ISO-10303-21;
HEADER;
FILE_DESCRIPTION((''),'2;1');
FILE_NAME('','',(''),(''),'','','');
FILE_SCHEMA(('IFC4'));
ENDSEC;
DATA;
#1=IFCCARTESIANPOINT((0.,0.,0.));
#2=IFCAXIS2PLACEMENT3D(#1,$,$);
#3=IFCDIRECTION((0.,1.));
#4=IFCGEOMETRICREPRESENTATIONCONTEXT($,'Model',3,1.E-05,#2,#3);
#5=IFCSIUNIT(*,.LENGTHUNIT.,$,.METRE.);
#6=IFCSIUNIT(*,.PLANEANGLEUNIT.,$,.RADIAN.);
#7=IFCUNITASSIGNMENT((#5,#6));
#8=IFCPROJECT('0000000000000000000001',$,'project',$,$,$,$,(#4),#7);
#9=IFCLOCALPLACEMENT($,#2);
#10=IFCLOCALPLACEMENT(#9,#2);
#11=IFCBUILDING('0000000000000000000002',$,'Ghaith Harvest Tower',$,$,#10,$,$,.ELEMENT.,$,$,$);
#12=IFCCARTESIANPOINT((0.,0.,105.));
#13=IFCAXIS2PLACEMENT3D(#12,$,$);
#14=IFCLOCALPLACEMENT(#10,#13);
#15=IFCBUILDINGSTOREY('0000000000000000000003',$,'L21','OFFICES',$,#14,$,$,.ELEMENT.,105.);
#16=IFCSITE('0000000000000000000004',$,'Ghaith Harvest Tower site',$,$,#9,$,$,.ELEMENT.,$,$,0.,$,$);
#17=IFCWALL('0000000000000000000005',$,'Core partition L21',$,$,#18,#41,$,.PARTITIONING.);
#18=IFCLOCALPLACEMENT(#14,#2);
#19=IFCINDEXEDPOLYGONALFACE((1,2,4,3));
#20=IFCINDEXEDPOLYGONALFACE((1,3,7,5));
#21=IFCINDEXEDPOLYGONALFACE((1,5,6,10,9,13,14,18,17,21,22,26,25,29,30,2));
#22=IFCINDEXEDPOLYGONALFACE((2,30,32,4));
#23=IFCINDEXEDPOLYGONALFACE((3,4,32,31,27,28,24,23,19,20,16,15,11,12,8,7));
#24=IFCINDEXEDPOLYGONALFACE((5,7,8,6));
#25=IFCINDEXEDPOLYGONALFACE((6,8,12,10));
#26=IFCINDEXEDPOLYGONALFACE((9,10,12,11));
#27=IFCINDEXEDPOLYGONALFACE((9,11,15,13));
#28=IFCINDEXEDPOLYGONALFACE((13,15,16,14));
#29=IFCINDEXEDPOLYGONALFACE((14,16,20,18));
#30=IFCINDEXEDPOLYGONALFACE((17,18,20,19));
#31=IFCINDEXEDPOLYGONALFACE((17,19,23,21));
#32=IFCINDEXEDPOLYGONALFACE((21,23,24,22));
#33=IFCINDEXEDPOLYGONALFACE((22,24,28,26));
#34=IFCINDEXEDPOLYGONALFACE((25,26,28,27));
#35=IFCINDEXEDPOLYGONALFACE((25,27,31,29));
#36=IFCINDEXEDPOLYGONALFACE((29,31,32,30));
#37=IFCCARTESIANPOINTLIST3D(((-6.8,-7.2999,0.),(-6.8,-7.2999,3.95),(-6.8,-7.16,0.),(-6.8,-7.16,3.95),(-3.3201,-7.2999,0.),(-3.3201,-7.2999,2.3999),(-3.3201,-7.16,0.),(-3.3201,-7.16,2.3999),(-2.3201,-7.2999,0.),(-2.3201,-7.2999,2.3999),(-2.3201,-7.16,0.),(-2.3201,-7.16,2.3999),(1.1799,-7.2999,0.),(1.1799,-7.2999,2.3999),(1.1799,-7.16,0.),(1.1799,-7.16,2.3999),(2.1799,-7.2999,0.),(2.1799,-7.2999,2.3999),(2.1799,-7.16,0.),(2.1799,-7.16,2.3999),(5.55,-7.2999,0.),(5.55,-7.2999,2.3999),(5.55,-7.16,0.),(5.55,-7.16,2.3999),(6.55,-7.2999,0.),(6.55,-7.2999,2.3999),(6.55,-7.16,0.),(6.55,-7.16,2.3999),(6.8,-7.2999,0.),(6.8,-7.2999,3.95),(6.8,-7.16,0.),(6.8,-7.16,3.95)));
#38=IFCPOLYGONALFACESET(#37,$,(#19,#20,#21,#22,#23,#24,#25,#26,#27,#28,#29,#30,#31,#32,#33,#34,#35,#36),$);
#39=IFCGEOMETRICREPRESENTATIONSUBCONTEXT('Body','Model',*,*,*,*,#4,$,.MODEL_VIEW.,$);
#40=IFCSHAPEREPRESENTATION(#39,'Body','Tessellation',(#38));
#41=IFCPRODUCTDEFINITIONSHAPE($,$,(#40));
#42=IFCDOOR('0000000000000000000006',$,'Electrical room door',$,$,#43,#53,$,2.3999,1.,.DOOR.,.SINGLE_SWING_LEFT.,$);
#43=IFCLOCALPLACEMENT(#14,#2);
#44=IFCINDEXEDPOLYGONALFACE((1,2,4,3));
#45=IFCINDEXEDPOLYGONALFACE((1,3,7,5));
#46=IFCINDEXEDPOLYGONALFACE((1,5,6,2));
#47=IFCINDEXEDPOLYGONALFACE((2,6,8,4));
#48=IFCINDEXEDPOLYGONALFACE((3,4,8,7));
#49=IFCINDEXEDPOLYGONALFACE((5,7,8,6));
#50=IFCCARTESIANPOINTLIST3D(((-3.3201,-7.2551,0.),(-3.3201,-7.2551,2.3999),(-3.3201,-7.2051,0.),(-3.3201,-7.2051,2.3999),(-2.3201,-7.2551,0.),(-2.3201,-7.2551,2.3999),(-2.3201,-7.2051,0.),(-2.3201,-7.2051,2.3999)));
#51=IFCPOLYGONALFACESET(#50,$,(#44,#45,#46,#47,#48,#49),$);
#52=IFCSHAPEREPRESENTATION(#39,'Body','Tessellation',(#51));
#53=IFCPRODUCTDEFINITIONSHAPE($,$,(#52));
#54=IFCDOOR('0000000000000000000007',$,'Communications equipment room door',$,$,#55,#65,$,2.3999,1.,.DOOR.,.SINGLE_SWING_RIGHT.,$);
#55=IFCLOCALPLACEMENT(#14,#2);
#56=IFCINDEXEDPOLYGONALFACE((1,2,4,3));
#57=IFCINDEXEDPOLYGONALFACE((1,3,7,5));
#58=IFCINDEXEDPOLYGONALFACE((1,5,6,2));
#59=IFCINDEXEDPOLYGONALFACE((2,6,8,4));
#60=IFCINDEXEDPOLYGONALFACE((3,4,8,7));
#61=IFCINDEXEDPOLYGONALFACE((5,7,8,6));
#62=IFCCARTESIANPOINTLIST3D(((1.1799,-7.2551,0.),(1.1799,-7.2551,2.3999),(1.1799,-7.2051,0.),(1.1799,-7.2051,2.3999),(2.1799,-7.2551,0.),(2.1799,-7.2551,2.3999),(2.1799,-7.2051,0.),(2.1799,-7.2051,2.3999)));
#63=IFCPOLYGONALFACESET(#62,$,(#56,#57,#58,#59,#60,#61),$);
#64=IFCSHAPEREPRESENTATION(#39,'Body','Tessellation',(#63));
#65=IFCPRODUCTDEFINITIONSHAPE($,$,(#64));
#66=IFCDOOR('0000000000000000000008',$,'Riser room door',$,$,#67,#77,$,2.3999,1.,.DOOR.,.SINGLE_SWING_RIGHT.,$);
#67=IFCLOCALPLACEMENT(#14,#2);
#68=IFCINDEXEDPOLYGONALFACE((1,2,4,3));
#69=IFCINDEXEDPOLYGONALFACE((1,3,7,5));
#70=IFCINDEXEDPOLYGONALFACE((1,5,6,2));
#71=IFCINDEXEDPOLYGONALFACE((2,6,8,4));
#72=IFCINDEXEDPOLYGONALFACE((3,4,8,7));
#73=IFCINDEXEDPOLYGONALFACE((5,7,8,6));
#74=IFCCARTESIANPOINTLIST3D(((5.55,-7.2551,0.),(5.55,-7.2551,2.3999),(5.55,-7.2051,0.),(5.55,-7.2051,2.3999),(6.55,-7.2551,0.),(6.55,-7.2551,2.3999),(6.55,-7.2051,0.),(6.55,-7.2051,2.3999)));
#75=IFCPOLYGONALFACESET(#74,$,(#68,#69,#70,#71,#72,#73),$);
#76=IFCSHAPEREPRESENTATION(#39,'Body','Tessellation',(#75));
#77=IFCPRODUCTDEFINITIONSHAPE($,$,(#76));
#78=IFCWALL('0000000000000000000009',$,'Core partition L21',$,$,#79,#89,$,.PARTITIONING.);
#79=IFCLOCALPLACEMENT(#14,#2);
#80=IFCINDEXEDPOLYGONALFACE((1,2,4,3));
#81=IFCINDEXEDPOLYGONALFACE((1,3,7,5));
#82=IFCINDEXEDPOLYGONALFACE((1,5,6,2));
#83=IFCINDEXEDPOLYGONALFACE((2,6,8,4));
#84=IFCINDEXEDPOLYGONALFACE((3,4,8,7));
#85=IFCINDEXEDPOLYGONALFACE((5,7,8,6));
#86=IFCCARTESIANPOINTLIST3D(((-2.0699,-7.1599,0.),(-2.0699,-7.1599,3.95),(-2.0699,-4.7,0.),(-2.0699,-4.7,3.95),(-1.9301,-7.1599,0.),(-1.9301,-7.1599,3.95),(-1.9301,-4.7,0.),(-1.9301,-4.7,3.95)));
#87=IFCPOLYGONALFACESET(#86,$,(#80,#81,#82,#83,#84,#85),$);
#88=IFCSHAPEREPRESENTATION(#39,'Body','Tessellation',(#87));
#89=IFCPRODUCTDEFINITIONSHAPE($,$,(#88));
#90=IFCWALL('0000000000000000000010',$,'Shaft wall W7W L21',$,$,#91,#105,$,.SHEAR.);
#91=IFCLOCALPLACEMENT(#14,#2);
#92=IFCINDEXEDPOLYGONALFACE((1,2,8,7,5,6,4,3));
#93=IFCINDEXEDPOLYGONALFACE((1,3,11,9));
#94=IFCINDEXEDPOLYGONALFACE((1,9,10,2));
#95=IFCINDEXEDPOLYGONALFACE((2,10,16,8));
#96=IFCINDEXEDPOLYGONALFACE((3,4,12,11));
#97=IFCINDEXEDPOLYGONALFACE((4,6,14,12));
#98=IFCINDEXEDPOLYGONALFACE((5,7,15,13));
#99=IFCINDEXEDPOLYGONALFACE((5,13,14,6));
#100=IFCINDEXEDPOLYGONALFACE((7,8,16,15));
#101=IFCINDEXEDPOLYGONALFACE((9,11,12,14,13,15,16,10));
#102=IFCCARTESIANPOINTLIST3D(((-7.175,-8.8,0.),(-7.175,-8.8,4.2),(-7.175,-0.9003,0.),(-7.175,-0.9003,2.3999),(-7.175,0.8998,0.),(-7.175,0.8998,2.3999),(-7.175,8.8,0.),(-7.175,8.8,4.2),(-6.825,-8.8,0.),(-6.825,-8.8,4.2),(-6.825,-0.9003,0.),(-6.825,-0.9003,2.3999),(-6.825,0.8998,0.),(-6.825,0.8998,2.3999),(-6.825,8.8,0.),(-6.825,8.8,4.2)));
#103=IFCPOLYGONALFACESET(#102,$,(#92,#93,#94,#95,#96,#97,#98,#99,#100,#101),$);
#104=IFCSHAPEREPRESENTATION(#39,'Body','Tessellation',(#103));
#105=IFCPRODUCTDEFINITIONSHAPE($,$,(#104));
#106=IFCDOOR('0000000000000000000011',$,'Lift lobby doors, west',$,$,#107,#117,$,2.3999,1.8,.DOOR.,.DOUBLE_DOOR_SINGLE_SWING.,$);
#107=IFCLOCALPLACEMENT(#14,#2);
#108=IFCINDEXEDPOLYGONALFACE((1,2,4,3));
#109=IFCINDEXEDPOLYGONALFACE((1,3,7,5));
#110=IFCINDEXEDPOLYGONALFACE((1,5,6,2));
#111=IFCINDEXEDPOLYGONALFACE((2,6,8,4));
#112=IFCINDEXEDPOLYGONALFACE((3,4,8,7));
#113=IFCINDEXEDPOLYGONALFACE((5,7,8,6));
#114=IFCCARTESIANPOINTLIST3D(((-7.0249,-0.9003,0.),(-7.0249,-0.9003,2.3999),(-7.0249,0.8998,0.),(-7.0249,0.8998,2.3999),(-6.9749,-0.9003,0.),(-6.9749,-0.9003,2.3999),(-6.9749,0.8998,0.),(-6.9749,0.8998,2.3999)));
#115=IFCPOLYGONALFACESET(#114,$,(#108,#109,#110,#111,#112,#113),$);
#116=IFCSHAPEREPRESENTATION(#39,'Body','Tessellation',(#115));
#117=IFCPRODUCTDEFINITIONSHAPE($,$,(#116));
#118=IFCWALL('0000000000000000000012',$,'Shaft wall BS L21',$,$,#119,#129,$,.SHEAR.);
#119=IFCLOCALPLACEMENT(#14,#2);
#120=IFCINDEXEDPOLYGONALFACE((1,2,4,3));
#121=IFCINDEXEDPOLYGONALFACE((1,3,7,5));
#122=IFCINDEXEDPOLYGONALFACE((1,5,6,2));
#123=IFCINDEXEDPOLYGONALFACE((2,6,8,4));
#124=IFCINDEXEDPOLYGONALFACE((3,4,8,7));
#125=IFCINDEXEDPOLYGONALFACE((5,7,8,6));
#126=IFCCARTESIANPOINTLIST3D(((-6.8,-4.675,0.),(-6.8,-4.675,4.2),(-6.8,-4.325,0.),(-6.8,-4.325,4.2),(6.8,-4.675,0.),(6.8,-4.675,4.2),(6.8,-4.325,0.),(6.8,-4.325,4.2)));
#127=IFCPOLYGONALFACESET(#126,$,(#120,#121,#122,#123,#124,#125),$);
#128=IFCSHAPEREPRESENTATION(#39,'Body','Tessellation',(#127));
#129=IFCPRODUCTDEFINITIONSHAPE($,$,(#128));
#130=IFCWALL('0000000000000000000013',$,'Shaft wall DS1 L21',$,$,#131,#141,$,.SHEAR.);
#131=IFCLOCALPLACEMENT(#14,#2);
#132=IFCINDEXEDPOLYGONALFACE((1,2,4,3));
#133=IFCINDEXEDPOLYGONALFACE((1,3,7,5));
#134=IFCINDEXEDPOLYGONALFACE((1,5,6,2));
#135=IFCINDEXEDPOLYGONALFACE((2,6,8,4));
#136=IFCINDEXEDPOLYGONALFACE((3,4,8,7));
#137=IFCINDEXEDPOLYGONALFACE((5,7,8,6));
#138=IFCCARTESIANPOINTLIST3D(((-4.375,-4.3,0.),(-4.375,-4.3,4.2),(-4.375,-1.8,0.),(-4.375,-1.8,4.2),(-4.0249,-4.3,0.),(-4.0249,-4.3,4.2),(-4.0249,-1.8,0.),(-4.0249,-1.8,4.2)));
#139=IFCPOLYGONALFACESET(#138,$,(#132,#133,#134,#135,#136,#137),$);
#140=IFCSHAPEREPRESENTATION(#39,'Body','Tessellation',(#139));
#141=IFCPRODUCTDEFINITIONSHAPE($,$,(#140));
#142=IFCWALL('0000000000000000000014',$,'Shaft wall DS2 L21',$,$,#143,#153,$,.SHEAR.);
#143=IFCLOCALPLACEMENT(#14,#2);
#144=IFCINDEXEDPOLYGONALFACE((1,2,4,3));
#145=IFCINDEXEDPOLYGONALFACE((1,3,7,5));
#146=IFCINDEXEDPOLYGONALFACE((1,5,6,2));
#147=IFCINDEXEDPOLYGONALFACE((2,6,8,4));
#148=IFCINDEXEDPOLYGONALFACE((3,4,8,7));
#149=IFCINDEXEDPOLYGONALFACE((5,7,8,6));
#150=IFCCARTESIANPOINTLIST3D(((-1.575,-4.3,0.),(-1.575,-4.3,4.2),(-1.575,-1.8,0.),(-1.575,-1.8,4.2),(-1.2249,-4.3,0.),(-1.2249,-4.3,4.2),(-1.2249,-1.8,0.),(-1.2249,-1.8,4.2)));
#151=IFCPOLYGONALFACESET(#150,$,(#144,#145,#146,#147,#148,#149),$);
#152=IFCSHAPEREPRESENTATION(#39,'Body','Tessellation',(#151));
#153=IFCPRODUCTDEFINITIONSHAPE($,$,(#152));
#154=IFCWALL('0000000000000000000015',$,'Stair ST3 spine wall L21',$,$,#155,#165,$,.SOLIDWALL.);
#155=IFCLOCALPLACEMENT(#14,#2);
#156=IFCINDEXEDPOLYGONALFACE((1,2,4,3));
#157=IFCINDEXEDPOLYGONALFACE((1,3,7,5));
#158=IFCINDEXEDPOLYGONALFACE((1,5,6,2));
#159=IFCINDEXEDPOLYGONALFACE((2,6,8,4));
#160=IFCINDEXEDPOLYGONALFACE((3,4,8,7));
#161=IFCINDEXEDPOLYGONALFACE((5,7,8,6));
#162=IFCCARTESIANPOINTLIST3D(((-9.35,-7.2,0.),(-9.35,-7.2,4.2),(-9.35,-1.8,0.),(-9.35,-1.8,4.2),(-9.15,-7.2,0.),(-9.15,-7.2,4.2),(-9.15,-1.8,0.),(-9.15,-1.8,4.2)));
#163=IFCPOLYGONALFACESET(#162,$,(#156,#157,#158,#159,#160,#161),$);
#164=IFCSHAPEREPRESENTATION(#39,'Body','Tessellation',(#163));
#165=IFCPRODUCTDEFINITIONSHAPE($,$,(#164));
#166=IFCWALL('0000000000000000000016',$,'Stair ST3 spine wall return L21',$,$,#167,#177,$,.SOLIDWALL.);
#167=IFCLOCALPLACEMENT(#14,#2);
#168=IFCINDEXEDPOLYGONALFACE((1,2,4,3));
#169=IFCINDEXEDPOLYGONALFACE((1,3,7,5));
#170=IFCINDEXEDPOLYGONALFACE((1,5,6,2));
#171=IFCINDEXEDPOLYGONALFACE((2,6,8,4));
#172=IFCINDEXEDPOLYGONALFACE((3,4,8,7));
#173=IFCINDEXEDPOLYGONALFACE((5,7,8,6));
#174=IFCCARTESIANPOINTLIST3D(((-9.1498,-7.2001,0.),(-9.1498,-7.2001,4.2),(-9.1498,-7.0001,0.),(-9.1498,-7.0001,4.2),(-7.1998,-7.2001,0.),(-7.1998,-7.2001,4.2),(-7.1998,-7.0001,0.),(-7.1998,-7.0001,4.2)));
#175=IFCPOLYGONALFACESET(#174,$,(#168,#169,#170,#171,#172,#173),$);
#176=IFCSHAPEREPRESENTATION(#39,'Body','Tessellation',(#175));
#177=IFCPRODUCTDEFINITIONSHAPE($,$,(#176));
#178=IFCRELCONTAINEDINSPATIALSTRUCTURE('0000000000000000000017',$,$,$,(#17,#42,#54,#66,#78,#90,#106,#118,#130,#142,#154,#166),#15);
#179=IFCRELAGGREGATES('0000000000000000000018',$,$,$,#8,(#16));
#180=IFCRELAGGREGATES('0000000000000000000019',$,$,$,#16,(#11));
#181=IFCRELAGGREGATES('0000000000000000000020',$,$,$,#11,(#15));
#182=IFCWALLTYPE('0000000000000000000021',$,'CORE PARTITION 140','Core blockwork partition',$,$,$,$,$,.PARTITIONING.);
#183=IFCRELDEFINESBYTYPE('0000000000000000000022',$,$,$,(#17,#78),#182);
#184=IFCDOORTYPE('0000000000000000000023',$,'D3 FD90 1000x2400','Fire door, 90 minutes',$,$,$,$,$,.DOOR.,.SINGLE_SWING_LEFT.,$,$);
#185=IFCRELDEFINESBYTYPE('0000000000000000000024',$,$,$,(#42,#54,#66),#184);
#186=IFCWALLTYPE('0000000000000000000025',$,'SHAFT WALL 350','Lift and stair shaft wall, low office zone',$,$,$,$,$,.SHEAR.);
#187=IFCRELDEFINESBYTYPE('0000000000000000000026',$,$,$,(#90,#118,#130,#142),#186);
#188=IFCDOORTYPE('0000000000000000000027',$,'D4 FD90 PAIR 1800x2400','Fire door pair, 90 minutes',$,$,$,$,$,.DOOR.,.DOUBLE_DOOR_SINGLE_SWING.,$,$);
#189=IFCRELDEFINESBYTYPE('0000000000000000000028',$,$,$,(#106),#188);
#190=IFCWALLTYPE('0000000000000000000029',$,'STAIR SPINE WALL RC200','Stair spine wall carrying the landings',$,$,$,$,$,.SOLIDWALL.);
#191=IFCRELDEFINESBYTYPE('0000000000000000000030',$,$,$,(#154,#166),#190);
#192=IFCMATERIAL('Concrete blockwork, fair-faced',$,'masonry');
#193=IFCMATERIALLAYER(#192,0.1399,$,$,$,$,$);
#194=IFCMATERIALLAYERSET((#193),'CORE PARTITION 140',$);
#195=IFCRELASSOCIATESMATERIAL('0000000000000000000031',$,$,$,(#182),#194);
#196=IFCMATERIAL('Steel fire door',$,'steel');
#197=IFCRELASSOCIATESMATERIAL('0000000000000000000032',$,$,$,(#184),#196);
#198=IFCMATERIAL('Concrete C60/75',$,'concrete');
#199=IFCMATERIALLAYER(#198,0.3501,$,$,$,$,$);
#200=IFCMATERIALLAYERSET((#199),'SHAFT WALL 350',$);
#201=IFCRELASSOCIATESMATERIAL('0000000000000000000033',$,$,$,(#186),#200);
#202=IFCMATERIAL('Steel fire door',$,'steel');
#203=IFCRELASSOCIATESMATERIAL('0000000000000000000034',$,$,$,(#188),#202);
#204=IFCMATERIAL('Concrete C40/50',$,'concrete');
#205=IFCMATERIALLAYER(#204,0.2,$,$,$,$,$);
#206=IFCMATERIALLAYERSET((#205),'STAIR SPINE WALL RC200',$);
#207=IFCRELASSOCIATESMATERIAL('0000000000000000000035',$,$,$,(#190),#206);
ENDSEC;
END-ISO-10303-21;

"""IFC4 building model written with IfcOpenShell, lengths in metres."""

from ifc_helpers import new_model, si_unit, direction, frame, frame_2d, origin, place, context, subcontext, project, spatial, rectangle, extrude, material, layer, layer_set, type_object, element, fill, save


model = new_model("IFC4")

# Units and contexts
model_context = context("Model", 3, precision=1e-05, world=origin(), true_north=direction((0.0, 1.0)))
body_context = subcontext(model_context, "Body", "Model", "MODEL_VIEW")
ifc_project = project(units=[si_unit("LENGTHUNIT", "METRE"), si_unit("PLANEANGLEUNIT", "RADIAN")], contexts=[model_context])

# Site, building, storey
site_placement = place(None, origin())
site = spatial("IfcSite", under=ifc_project, at=site_placement, Name="Ghaith Harvest Tower site", CompositionType="ELEMENT", RefElevation=0.0)
building_placement = place(site_placement, origin())
building = spatial("IfcBuilding", under=site, at=building_placement, Name="Ghaith Harvest Tower", CompositionType="ELEMENT")
storey_placement = place(building_placement, frame((0.0, 0.0, 105.0)))
storey = spatial("IfcBuildingStorey", under=building, at=storey_placement, Name="L21", Description="OFFICES", CompositionType="ELEMENT", Elevation=105.0)

# Wall, openings, doors
ifc_material_1 = material(Name="Concrete blockwork, fair-faced", Category="masonry")
ifc_layer_1 = layer(ifc_material_1, 0.1399)
ifc_layer_set_1 = layer_set([ifc_layer_1], Name="CORE PARTITION 140")
wall_type_1 = type_object("IfcWallType", Name="CORE PARTITION 140", Description="Core blockwork partition", PredefinedType="PARTITIONING", material=ifc_layer_set_1)
wall_1_placement = place(storey_placement, frame((-6.8, -7.23, 0.0), z_axis=(0.0, 0.0, 1.0), x_axis=(1.0, 0.0, 0.0)))
wall_1 = element("IfcWall", 1, at=wall_1_placement, inside=storey, type_object=wall_type_1, Name="Core partition L21", PredefinedType="PARTITIONING", context=body_context, shape_type="SweptSolid", body=[
    extrude(rectangle(XDim=13.6001, YDim=0.1399, at=frame_2d((6.8, 0.0))), origin(), (0.0, 0.0, 1.0), 3.95),
])
opening_1_placement = place(wall_1_placement, frame((3.48, 0.0, 0.0)))
opening_1 = element("IfcOpeningElement", 2, at=opening_1_placement, cuts=wall_1, PredefinedType="OPENING", context=body_context, shape_type="SweptSolid", body=[
    extrude(rectangle(XDim=1.0, YDim=2.3999, at=frame_2d((0.5, 1.2))), frame((0.0, 0.0801, 0.0), z_axis=(0.0, -1.0, 0.0), x_axis=(1.0, 0.0, 0.0)), (0.0, 0.0, 1.0), 0.1599),
])
opening_2_placement = place(wall_1_placement, frame((7.98, 0.0, 0.0)))
opening_2 = element("IfcOpeningElement", 3, at=opening_2_placement, cuts=wall_1, PredefinedType="OPENING", context=body_context, shape_type="SweptSolid", body=[
    extrude(rectangle(XDim=1.0, YDim=2.3999, at=frame_2d((0.5, 1.2))), frame((0.0, 0.0801, 0.0), z_axis=(0.0, -1.0, 0.0), x_axis=(1.0, 0.0, 0.0)), (0.0, 0.0, 1.0), 0.1599),
])
opening_3_placement = place(wall_1_placement, frame((12.3501, 0.0, 0.0)))
opening_3 = element("IfcOpeningElement", 4, at=opening_3_placement, cuts=wall_1, PredefinedType="OPENING", context=body_context, shape_type="SweptSolid", body=[
    extrude(rectangle(XDim=1.0, YDim=2.3999, at=frame_2d((0.5, 1.2))), frame((0.0, 0.0801, 0.0), z_axis=(0.0, -1.0, 0.0), x_axis=(1.0, 0.0, 0.0)), (0.0, 0.0, 1.0), 0.1599),
])
ifc_material_2 = material(Name="Steel fire door", Category="steel")
door_type_1 = type_object("IfcDoorType", Name="D3 FD90 1000x2400", Description="Fire door, 90 minutes", OperationType="SINGLE_SWING_LEFT", PredefinedType="DOOR", material=ifc_material_2)
door_1_placement = place(opening_1_placement, origin())
door_1 = element("IfcDoor", 5, at=door_1_placement, inside=storey, type_object=door_type_1, Name="Electrical room door", OperationType="SINGLE_SWING_LEFT", OverallHeight=2.3999, OverallWidth=1.0, PredefinedType="DOOR", context=body_context, shape_type="SweptSolid", body=[
    extrude(rectangle(XDim=1.0, YDim=2.3999, at=frame_2d((0.5, 1.2))), frame((0.0, 0.0249, 0.0), z_axis=(0.0, -1.0, 0.0), x_axis=(1.0, 0.0, 0.0)), (0.0, 0.0, 1.0), 0.05),
])
fill(opening_1, door_1)
door_2_placement = place(opening_2_placement, origin())
door_2 = element("IfcDoor", 6, at=door_2_placement, inside=storey, type_object=door_type_1, Name="Communications equipment room door", OperationType="SINGLE_SWING_RIGHT", OverallHeight=2.3999, OverallWidth=1.0, PredefinedType="DOOR", context=body_context, shape_type="SweptSolid", body=[
    extrude(rectangle(XDim=1.0, YDim=2.3999, at=frame_2d((0.5, 1.2))), frame((0.0, 0.0249, 0.0), z_axis=(0.0, -1.0, 0.0), x_axis=(1.0, 0.0, 0.0)), (0.0, 0.0, 1.0), 0.05),
])
fill(opening_2, door_2)
door_3_placement = place(opening_3_placement, origin())
door_3 = element("IfcDoor", 7, at=door_3_placement, inside=storey, type_object=door_type_1, Name="Riser room door", OperationType="SINGLE_SWING_RIGHT", OverallHeight=2.3999, OverallWidth=1.0, PredefinedType="DOOR", context=body_context, shape_type="SweptSolid", body=[
    extrude(rectangle(XDim=1.0, YDim=2.3999, at=frame_2d((0.5, 1.2))), frame((0.0, 0.0249, 0.0), z_axis=(0.0, -1.0, 0.0), x_axis=(1.0, 0.0, 0.0)), (0.0, 0.0, 1.0), 0.05),
])
fill(opening_3, door_3)

# Wall
wall_2_placement = place(storey_placement, frame((-2.0, -4.7, 0.0), z_axis=(0.0, 0.0, 1.0), x_axis=(0.0, -1.0, 0.0)))
element("IfcWall", 8, at=wall_2_placement, inside=storey, type_object=wall_type_1, Name="Core partition L21", PredefinedType="PARTITIONING", context=body_context, shape_type="SweptSolid", body=[
    extrude(rectangle(XDim=2.46, YDim=0.1399, at=frame_2d((1.23, 0.0))), origin(), (0.0, 0.0, 1.0), 3.95),
])

# Wall, opening, door
ifc_material_3 = material(Name="Concrete C60/75", Category="concrete")
ifc_layer_2 = layer(ifc_material_3, 0.3501)
ifc_layer_set_2 = layer_set([ifc_layer_2], Name="SHAFT WALL 350")
wall_type_2 = type_object("IfcWallType", Name="SHAFT WALL 350", Description="Lift and stair shaft wall, low office zone", PredefinedType="SHEAR", material=ifc_layer_set_2)
wall_3_placement = place(storey_placement, frame((-7.0, -8.8, 0.0), z_axis=(0.0, 0.0, 1.0), x_axis=(0.0, 1.0, 0.0)))
wall_3 = element("IfcWall", 9, at=wall_3_placement, inside=storey, type_object=wall_type_2, Name="Shaft wall W7W L21", PredefinedType="SHEAR", context=body_context, shape_type="SweptSolid", body=[
    extrude(rectangle(XDim=17.6001, YDim=0.3501, at=frame_2d((8.8, 0.0))), origin(), (0.0, 0.0, 1.0), 4.2),
])
opening_4_placement = place(wall_3_placement, frame((7.8999, 0.0, 0.0)))
opening_4 = element("IfcOpeningElement", 10, at=opening_4_placement, cuts=wall_3, PredefinedType="OPENING", context=body_context, shape_type="SweptSolid", body=[
    extrude(rectangle(XDim=1.8, YDim=2.3999, at=frame_2d((0.8999, 1.2))), frame((0.0, 0.1851, 0.0), z_axis=(0.0, -1.0, 0.0), x_axis=(1.0, 0.0, 0.0)), (0.0, 0.0, 1.0), 0.3701),
])
ifc_material_4 = material(Name="Steel fire door", Category="steel")
door_type_2 = type_object("IfcDoorType", Name="D4 FD90 PAIR 1800x2400", Description="Fire door pair, 90 minutes", OperationType="DOUBLE_DOOR_SINGLE_SWING", PredefinedType="DOOR", material=ifc_material_4)
door_4_placement = place(opening_4_placement, origin())
door_4 = element("IfcDoor", 11, at=door_4_placement, inside=storey, type_object=door_type_2, Name="Lift lobby doors, west", OperationType="DOUBLE_DOOR_SINGLE_SWING", OverallHeight=2.3999, OverallWidth=1.8, PredefinedType="DOOR", context=body_context, shape_type="SweptSolid", body=[
    extrude(rectangle(XDim=1.8, YDim=2.3999, at=frame_2d((0.8999, 1.2))), frame((0.0, 0.0249, 0.0), z_axis=(0.0, -1.0, 0.0), x_axis=(1.0, 0.0, 0.0)), (0.0, 0.0, 1.0), 0.05),
])
fill(opening_4, door_4)

# Walls
wall_4_placement = place(storey_placement, frame((-6.8, -4.5, 0.0), z_axis=(0.0, 0.0, 1.0), x_axis=(1.0, 0.0, 0.0)))
element("IfcWall", 12, at=wall_4_placement, inside=storey, type_object=wall_type_2, Name="Shaft wall BS L21", PredefinedType="SHEAR", context=body_context, shape_type="SweptSolid", body=[
    extrude(rectangle(XDim=13.6001, YDim=0.3501, at=frame_2d((6.8, 0.0))), origin(), (0.0, 0.0, 1.0), 4.2),
])
for number, where, z_axis, x_axis, name in (
    (13, (-4.2, -4.3, 0.0), (0.0, 0.0, 1.0), (0.0, 1.0, 0.0), "Shaft wall DS1 L21"),
    (14, (-1.3999, -4.3, 0.0), (0.0, 0.0, 1.0), (0.0, 1.0, 0.0), "Shaft wall DS2 L21"),
):
    element("IfcWall", number, at=place(storey_placement, frame(where, z_axis=z_axis, x_axis=x_axis)), inside=storey, type_object=wall_type_2, Name=name, PredefinedType="SHEAR", context=body_context, shape_type="SweptSolid", body=[
        extrude(rectangle(XDim=2.5, YDim=0.3501, at=frame_2d((1.25, 0.0))), origin(), (0.0, 0.0, 1.0), 4.2),
    ])
ifc_material_5 = material(Name="Concrete C40/50", Category="concrete")
ifc_layer_3 = layer(ifc_material_5, 0.2)
ifc_layer_set_3 = layer_set([ifc_layer_3], Name="STAIR SPINE WALL RC200")
wall_type_3 = type_object("IfcWallType", Name="STAIR SPINE WALL RC200", Description="Stair spine wall carrying the landings", PredefinedType="SOLIDWALL", material=ifc_layer_set_3)
wall_5_placement = place(storey_placement, frame((-9.25, -7.2, 0.0), z_axis=(0.0, 0.0, 1.0), x_axis=(0.0, 1.0, 0.0)))
element("IfcWall", 15, at=wall_5_placement, inside=storey, type_object=wall_type_3, Name="Stair ST3 spine wall L21", PredefinedType="SOLIDWALL", context=body_context, shape_type="SweptSolid", body=[
    extrude(rectangle(XDim=5.3999, YDim=0.2, at=frame_2d((2.7, 0.0))), origin(), (0.0, 0.0, 1.0), 4.2),
])
wall_6_placement = place(storey_placement, frame((-9.1499, -7.1001, 0.0), z_axis=(0.0, 0.0, 1.0), x_axis=(1.0, 0.0, 0.0)))
element("IfcWall", 16, at=wall_6_placement, inside=storey, type_object=wall_type_3, Name="Stair ST3 spine wall return L21", PredefinedType="SOLIDWALL", context=body_context, shape_type="SweptSolid", body=[
    extrude(rectangle(XDim=1.95, YDim=0.2, at=frame_2d((0.9751, 0.0))), origin(), (0.0, 0.0, 1.0), 4.2),
])

save(model, "model.ifc")
